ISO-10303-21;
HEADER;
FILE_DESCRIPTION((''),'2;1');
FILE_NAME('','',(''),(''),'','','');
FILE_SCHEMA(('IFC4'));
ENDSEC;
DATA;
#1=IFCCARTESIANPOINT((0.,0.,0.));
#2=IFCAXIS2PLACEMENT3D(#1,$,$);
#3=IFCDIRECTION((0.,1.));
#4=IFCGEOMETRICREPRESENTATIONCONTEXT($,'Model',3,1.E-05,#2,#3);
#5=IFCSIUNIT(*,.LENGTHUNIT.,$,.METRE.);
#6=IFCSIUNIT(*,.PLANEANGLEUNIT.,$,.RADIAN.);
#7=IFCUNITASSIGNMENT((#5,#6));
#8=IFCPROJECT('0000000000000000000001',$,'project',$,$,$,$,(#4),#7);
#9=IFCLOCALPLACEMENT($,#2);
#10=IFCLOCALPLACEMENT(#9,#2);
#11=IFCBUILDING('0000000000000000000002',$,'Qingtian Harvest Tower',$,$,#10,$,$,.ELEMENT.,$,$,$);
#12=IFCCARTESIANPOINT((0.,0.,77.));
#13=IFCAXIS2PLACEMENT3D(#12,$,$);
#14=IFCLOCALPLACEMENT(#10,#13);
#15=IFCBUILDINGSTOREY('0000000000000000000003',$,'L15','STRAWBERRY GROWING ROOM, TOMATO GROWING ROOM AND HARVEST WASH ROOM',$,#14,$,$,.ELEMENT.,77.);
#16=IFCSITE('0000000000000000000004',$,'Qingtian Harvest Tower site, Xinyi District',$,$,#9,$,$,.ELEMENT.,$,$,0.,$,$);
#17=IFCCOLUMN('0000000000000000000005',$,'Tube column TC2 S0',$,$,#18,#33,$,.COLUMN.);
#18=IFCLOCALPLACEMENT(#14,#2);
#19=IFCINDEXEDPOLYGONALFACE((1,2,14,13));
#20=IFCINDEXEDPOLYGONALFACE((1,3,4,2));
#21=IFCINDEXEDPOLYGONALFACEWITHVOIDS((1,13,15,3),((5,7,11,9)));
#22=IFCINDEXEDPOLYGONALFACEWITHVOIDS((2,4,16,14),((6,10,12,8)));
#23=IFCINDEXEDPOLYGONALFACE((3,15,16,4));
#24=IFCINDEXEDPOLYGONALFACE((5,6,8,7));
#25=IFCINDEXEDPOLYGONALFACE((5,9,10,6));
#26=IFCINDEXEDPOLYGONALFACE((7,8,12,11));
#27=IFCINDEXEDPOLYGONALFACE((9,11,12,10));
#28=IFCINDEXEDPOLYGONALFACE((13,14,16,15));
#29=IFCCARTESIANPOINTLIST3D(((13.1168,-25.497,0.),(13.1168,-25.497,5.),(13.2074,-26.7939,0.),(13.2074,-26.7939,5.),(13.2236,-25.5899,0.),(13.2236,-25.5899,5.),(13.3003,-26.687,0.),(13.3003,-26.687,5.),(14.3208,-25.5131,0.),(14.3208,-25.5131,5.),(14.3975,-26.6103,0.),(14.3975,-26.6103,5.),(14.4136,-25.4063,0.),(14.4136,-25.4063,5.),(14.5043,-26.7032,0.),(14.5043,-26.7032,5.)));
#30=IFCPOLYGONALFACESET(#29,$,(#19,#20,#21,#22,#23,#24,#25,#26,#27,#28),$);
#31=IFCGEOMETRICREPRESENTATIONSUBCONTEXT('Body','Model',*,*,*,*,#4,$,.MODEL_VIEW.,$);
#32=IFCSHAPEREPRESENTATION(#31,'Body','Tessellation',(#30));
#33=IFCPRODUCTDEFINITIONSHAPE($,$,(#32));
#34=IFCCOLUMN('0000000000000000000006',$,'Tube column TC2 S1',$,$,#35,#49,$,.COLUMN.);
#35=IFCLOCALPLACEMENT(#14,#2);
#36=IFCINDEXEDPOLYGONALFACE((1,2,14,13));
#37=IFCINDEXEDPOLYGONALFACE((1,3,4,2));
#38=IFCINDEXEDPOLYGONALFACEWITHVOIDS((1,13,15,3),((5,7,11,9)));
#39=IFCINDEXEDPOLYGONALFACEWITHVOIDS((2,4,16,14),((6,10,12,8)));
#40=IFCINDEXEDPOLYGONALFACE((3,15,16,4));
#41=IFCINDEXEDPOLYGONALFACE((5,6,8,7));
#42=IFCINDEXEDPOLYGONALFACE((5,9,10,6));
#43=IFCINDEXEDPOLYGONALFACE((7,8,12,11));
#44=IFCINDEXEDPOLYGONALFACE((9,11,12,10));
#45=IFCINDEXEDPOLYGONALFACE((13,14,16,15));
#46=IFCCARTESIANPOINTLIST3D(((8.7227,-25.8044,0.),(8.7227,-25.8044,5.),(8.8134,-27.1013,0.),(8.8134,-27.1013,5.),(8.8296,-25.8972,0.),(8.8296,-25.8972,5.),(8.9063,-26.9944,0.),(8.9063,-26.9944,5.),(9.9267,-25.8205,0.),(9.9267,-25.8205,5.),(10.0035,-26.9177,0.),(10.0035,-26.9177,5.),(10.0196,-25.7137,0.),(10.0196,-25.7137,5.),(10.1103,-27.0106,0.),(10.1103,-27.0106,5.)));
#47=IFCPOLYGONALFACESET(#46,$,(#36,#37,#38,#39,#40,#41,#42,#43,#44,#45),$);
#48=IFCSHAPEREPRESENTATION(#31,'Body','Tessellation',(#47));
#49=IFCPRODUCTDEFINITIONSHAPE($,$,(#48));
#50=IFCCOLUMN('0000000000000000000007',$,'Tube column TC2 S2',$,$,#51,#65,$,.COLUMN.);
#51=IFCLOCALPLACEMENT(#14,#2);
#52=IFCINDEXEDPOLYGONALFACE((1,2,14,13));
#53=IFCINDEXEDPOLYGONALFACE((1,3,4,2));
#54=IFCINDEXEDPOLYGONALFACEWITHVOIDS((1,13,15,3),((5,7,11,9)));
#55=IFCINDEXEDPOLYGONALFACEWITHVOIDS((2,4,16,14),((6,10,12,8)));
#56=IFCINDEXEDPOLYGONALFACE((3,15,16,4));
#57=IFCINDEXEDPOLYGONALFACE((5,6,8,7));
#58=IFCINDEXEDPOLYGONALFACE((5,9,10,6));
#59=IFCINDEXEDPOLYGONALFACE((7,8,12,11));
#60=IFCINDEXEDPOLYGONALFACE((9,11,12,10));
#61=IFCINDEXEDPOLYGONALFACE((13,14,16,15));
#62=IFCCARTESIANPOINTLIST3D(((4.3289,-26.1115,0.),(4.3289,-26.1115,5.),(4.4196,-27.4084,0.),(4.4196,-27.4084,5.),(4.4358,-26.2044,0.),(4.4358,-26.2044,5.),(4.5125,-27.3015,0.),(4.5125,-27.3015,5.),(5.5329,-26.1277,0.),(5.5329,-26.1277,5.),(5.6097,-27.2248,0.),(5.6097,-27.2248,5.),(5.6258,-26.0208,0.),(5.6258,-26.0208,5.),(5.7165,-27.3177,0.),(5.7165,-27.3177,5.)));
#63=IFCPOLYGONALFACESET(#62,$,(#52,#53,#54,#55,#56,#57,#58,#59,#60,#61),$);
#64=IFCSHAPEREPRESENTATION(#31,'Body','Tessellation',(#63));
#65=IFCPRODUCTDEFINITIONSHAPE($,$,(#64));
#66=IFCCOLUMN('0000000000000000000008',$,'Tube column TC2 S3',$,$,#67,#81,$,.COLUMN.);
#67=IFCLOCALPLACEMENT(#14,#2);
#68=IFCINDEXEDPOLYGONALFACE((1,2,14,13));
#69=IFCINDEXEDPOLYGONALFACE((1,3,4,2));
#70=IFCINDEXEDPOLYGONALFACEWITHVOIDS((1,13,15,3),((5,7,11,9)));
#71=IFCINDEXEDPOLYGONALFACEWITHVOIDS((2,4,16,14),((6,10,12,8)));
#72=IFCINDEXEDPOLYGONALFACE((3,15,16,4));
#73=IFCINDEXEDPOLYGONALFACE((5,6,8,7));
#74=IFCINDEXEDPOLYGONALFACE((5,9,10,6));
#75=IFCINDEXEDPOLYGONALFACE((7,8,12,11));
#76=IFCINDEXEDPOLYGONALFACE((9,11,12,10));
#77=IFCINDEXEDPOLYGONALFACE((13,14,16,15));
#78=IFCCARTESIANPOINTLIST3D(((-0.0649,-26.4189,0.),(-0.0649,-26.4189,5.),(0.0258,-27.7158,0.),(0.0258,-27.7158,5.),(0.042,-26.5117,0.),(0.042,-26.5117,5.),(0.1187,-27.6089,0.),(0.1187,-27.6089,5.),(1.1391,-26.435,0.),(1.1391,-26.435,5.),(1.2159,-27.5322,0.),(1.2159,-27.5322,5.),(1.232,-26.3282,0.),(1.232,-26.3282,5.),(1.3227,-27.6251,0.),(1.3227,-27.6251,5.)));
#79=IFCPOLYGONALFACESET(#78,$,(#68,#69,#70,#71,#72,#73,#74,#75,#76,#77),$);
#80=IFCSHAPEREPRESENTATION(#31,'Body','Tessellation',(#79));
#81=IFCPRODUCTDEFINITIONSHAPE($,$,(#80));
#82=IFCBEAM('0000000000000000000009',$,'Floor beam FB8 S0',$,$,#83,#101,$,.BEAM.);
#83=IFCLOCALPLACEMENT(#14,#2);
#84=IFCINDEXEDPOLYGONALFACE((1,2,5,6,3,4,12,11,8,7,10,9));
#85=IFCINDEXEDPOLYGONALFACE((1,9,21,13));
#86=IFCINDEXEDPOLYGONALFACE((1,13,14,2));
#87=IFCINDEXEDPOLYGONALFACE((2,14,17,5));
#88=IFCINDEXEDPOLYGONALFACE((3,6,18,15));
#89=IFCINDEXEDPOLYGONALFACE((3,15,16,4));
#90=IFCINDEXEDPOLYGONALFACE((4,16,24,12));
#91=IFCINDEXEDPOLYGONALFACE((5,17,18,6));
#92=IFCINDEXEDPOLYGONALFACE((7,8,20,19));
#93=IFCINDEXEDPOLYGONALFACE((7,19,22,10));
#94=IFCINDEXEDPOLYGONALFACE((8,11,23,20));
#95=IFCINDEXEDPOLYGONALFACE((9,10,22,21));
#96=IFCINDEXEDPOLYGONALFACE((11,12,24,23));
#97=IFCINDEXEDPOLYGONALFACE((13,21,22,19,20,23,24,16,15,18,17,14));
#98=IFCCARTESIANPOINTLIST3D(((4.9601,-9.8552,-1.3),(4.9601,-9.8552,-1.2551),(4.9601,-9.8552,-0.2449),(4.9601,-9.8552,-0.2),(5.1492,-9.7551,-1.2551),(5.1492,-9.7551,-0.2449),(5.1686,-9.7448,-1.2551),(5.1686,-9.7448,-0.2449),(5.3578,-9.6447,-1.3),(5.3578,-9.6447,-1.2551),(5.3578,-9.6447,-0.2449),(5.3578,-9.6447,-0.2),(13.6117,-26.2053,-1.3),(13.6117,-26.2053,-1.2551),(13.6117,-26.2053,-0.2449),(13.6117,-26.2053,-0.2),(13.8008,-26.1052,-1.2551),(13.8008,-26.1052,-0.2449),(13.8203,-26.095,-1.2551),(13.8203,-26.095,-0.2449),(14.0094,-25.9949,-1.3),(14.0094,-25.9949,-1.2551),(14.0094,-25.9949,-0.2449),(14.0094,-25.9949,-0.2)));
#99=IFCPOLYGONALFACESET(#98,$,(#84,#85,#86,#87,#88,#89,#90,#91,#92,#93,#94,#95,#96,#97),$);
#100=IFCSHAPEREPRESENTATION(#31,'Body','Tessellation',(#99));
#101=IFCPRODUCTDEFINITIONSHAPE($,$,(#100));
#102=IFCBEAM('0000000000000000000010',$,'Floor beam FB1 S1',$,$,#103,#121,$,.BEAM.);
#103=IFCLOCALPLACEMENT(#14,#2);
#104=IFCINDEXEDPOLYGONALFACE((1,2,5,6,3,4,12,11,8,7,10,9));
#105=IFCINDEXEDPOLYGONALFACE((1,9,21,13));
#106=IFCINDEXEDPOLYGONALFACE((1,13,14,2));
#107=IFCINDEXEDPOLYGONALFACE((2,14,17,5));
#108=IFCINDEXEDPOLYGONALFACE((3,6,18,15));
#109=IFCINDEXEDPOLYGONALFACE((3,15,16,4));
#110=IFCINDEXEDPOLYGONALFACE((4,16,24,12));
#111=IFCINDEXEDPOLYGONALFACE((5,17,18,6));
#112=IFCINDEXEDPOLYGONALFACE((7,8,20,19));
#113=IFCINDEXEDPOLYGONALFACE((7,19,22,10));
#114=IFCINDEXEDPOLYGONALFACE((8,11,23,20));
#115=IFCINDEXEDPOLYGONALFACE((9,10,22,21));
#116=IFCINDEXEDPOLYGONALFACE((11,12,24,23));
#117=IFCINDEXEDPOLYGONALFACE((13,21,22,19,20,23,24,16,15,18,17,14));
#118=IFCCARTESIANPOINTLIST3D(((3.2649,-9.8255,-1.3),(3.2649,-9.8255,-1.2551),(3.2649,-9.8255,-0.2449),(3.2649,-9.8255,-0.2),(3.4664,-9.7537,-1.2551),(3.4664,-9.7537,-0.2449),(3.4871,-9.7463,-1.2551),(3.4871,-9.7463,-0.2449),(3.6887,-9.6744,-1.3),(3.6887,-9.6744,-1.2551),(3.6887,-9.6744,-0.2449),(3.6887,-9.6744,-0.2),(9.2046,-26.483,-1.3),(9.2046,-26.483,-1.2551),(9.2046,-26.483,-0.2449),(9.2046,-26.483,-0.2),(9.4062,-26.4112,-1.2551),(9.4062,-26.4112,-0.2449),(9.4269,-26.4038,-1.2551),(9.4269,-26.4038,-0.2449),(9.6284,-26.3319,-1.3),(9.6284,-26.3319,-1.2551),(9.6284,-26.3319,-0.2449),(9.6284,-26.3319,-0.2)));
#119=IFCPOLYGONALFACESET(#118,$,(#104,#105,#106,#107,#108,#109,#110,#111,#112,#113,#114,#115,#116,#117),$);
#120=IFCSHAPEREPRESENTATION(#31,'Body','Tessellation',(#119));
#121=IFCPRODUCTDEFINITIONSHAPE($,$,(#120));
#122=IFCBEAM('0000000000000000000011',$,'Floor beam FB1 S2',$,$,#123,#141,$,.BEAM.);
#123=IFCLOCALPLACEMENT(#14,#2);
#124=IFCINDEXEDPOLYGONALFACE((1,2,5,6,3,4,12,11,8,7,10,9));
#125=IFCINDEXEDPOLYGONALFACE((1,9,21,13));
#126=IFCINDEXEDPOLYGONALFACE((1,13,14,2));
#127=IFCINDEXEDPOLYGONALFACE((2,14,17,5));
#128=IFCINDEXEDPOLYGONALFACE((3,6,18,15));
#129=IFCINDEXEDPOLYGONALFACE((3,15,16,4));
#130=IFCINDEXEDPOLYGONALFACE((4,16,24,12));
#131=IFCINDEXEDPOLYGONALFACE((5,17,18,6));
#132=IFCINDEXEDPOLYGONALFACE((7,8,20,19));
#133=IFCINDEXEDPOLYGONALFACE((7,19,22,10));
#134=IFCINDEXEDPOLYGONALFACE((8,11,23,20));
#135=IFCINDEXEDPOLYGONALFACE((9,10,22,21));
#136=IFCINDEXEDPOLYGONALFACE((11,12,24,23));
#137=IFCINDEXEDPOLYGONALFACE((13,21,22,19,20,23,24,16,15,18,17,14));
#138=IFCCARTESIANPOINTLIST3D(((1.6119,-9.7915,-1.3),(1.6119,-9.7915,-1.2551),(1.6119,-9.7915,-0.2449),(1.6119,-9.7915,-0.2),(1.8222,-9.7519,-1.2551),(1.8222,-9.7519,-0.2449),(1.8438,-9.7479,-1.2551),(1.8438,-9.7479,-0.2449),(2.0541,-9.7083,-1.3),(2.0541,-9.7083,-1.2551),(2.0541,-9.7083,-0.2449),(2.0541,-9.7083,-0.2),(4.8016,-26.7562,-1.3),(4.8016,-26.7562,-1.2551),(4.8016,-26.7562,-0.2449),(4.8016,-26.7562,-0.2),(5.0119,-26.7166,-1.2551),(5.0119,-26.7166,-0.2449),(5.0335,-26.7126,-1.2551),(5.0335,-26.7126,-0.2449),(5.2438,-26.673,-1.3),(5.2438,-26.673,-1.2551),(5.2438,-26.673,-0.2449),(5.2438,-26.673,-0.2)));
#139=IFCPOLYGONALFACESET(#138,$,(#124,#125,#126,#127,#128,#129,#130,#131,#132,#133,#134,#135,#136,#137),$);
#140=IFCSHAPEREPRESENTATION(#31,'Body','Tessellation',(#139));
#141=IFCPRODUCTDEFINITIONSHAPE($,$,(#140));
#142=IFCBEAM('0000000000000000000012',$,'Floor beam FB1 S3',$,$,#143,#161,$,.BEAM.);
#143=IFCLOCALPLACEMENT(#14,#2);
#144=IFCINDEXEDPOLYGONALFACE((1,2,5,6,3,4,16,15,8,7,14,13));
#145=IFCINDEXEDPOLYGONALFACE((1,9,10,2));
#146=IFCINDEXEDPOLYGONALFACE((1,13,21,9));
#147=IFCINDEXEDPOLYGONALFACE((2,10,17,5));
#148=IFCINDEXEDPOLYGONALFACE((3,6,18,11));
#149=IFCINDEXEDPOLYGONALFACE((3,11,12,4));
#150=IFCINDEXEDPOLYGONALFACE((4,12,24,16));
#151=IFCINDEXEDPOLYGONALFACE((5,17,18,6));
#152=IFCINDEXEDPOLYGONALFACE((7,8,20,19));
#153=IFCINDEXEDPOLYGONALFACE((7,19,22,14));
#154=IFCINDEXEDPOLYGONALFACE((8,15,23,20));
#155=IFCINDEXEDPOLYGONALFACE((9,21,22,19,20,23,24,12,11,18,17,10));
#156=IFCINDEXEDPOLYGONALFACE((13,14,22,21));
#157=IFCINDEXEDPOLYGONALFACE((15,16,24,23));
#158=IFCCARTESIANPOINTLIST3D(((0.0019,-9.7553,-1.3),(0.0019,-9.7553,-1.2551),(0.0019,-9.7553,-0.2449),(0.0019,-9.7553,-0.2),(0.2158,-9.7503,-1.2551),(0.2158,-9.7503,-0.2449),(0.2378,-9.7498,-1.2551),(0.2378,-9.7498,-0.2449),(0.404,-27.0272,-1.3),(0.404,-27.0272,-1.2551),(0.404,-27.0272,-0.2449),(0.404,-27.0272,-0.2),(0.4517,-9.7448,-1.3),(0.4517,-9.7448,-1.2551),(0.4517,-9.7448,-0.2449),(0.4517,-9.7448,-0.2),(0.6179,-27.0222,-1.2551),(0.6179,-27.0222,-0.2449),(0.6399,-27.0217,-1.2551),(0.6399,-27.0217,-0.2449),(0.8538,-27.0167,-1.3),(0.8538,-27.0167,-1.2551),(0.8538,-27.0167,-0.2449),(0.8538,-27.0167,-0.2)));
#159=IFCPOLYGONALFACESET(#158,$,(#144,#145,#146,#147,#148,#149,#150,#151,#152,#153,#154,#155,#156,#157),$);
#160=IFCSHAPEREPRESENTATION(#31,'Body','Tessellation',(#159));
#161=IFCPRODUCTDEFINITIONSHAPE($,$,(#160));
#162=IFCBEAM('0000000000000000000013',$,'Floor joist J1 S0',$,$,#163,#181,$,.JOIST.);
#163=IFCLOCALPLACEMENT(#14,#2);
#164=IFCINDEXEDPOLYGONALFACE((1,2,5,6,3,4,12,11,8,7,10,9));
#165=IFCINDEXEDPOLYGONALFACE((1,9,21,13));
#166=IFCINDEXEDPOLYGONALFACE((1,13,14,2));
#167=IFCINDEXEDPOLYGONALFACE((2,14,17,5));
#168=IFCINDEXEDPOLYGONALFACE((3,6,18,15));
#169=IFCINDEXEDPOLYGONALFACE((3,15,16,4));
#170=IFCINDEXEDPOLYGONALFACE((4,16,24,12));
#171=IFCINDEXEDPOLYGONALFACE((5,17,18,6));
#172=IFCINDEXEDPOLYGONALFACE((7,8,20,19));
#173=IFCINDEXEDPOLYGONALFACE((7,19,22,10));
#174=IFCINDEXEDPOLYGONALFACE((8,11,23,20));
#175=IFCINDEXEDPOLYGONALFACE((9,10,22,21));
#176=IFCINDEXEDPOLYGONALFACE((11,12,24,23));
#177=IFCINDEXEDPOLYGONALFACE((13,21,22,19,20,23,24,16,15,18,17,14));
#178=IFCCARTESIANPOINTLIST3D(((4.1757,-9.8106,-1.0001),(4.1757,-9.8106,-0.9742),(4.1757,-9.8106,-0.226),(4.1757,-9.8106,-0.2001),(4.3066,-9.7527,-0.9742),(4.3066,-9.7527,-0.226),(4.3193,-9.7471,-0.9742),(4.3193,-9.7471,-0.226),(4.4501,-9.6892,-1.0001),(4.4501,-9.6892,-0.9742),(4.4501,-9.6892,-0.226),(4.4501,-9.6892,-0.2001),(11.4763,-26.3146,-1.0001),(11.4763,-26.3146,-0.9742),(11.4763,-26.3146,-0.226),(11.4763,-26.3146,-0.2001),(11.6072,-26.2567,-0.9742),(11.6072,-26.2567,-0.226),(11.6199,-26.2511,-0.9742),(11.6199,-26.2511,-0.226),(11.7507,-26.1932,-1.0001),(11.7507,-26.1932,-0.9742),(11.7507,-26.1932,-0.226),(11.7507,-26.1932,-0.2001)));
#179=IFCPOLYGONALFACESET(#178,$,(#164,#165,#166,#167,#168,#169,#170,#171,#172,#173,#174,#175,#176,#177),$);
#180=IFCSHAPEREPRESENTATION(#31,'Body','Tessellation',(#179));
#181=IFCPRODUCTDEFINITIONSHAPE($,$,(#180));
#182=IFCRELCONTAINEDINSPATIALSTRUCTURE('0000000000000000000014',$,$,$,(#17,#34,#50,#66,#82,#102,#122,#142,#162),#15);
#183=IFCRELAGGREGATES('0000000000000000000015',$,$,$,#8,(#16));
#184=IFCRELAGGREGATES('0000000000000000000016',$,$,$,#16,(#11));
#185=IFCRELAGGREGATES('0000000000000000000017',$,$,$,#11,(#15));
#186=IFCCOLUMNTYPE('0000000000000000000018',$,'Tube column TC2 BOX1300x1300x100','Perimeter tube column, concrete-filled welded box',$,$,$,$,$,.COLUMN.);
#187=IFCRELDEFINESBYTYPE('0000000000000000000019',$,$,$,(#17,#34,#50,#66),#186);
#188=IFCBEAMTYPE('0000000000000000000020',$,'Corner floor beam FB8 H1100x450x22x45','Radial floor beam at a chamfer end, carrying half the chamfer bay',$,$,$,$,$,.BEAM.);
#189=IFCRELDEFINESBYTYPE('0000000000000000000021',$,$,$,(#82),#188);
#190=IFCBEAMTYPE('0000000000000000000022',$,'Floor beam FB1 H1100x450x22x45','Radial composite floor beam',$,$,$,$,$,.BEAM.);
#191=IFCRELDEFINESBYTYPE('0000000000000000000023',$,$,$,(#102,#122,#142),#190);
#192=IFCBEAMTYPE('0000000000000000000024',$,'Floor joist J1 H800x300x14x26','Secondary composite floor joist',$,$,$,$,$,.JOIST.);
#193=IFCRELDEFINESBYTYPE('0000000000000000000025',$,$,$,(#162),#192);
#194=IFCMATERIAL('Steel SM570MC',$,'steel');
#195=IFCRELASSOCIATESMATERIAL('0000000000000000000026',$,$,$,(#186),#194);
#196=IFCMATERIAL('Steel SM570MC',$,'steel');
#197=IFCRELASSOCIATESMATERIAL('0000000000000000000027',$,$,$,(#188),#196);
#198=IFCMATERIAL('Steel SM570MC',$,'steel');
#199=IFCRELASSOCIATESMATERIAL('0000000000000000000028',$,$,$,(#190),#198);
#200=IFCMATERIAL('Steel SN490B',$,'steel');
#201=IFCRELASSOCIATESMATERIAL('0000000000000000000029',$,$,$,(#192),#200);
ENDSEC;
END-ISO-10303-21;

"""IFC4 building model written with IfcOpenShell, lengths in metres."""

from ifc_helpers import new_model, si_unit, direction, frame, origin, origin_2d, place, context, subcontext, project, spatial, hollow_rectangle, i_section, extrude, material, material_profile, profile_set, type_object, element, save


model = new_model("IFC4")

# Units and contexts
model_context = context("Model", 3, precision=1e-05, world=origin(), true_north=direction((0.0, 1.0)))
body_context = subcontext(model_context, "Body", "Model", "MODEL_VIEW")
ifc_project = project(units=[si_unit("LENGTHUNIT", "METRE"), si_unit("PLANEANGLEUNIT", "RADIAN")], contexts=[model_context])

# Site, building, storey
site_placement = place(None, origin())
site = spatial("IfcSite", under=ifc_project, at=site_placement, Name="Qingtian Harvest Tower site, Xinyi District", CompositionType="ELEMENT", RefElevation=0.0)
building_placement = place(site_placement, origin())
building = spatial("IfcBuilding", under=site, at=building_placement, Name="Qingtian Harvest Tower", CompositionType="ELEMENT")
storey_placement = place(building_placement, frame((0.0, 0.0, 77.0)))
storey = spatial("IfcBuildingStorey", under=building, at=storey_placement, Name="L15", Description="STRAWBERRY GROWING ROOM, TOMATO GROWING ROOM AND HARVEST WASH ROOM", CompositionType="ELEMENT", Elevation=77.0)

# Columns
ifc_material_1 = material(Name="Steel SM570MC", Category="steel")
ifc_material_profile_1 = material_profile(ifc_material_1, hollow_rectangle(XDim=1.3, YDim=1.3, WallThickness=0.1001, at=origin_2d()), Name="BOX1300x1300x100")
ifc_profile_set_1 = profile_set([ifc_material_profile_1], Name="Steel SM570MC")
column_type = type_object("IfcColumnType", Name="Tube column TC2 BOX1300x1300x100", Description="Perimeter tube column, concrete-filled welded box", PredefinedType="COLUMN", material=ifc_profile_set_1)
for number, where, z_axis, x_axis, name in (
    (1, (13.8105, -26.1001, 0.0), (0.0, 0.0, 1.0), (0.997564, 0.069756, 0.0), "Tube column TC2 S0"),
    (2, (9.4165, -26.4075, 0.0), (0.0, 0.0, 1.0), (0.997564, 0.069756, 0.0), "Tube column TC2 S1"),
    (3, (5.0227, -26.7146, 0.0), (0.0, 0.0, 1.0), (0.997564, 0.069756, 0.0), "Tube column TC2 S2"),
    (4, (0.6289, -27.022, 0.0), (0.0, 0.0, 1.0), (0.997564, 0.069756, 0.0), "Tube column TC2 S3"),
):
    element("IfcColumn", number, at=place(storey_placement, frame(where, z_axis=z_axis, x_axis=x_axis)), inside=storey, type_object=column_type, Name=name, PredefinedType="COLUMN", context=body_context, shape_type="SweptSolid", body=[
        extrude(hollow_rectangle(XDim=1.3, YDim=1.3, WallThickness=0.1001, at=origin_2d()), origin(), (0.0, 0.0, 1.0), 5.0),
    ])

# Beams
ifc_material_2 = material(Name="Steel SM570MC", Category="steel")
ifc_material_profile_2 = material_profile(ifc_material_2, i_section(OverallWidth=0.45, OverallDepth=1.1001, WebThickness=0.022, FlangeThickness=0.0449, at=origin_2d()), Name="H1100x450x22x45")
ifc_profile_set_2 = profile_set([ifc_material_profile_2], Name="Steel SM570MC")
beam_type_1 = type_object("IfcBeamType", Name="Corner floor beam FB8 H1100x450x22x45", Description="Radial floor beam at a chamfer end, carrying half the chamfer bay", PredefinedType="BEAM", material=ifc_profile_set_2)
beam_1_placement = place(storey_placement, frame((13.8105, -26.1001, -0.75), z_axis=(-0.467705, 0.883885, 0.0), x_axis=(-0.883885, -0.467705, 0.0)))
element("IfcBeam", 5, at=beam_1_placement, inside=storey, type_object=beam_type_1, Name="Floor beam FB8 S0", PredefinedType="BEAM", context=body_context, shape_type="SweptSolid", body=[
    extrude(i_section(OverallWidth=0.45, OverallDepth=1.1001, WebThickness=0.022, FlangeThickness=0.0449, at=origin_2d()), origin(), (0.0, 0.0, 1.0), 18.498),
])
ifc_material_3 = material(Name="Steel SM570MC", Category="steel")
ifc_material_profile_3 = material_profile(ifc_material_3, i_section(OverallWidth=0.45, OverallDepth=1.1001, WebThickness=0.022, FlangeThickness=0.0449, at=origin_2d()), Name="H1100x450x22x45")
ifc_profile_set_3 = profile_set([ifc_material_profile_3], Name="Steel SM570MC")
beam_type_2 = type_object("IfcBeamType", Name="Floor beam FB1 H1100x450x22x45", Description="Radial composite floor beam", PredefinedType="BEAM", material=ifc_profile_set_3)
beam_2_placement = place(storey_placement, frame((9.4165, -26.4075, -0.75), z_axis=(-0.335865, 0.94191, 0.0), x_axis=(-0.94191, -0.335865, 0.0)))
element("IfcBeam", 6, at=beam_2_placement, inside=storey, type_object=beam_type_2, Name="Floor beam FB1 S1", PredefinedType="BEAM", context=body_context, shape_type="SweptSolid", body=[
    extrude(i_section(OverallWidth=0.45, OverallDepth=1.1001, WebThickness=0.022, FlangeThickness=0.0449, at=origin_2d()), origin(), (0.0, 0.0, 1.0), 17.6848),
])
beam_3_placement = place(storey_placement, frame((5.0227, -26.7146, -0.75), z_axis=(-0.184783, 0.982779, 0.0), x_axis=(-0.982779, -0.184783, 0.0)))
element("IfcBeam", 7, at=beam_3_placement, inside=storey, type_object=beam_type_2, Name="Floor beam FB1 S2", PredefinedType="BEAM", context=body_context, shape_type="SweptSolid", body=[
    extrude(i_section(OverallWidth=0.45, OverallDepth=1.1001, WebThickness=0.022, FlangeThickness=0.0449, at=origin_2d()), origin(), (0.0, 0.0, 1.0), 17.262),
])
beam_4_placement = place(storey_placement, frame((0.6289, -27.022, -0.75), z_axis=(-0.023274, 0.999729, 0.0), x_axis=(-0.999729, -0.023274, 0.0)))
element("IfcBeam", 8, at=beam_4_placement, inside=storey, type_object=beam_type_2, Name="Floor beam FB1 S3", PredefinedType="BEAM", context=body_context, shape_type="SweptSolid", body=[
    extrude(i_section(OverallWidth=0.45, OverallDepth=1.1001, WebThickness=0.022, FlangeThickness=0.0449, at=origin_2d()), origin(), (0.0, 0.0, 1.0), 17.2766),
])
ifc_material_4 = material(Name="Steel SN490B", Category="steel")
ifc_material_profile_4 = material_profile(ifc_material_4, i_section(OverallWidth=0.3, OverallDepth=0.8, WebThickness=0.0139, FlangeThickness=0.0259, at=origin_2d()), Name="H800x300x14x26")
ifc_profile_set_4 = profile_set([ifc_material_profile_4], Name="Steel SN490B")
beam_type_3 = type_object("IfcBeamType", Name="Floor joist J1 H800x300x14x26", Description="Secondary composite floor joist", PredefinedType="JOIST", material=ifc_profile_set_4)
beam_5_placement = place(storey_placement, frame((11.6135, -26.2539, -0.6001), z_axis=(-0.40454, 0.91452, 0.0), x_axis=(-0.91452, -0.40454, 0.0)))
element("IfcBeam", 9, at=beam_5_placement, inside=storey, type_object=beam_type_3, Name="Floor joist J1 S0", PredefinedType="JOIST", context=body_context, shape_type="SweptSolid", body=[
    extrude(i_section(OverallWidth=0.3, OverallDepth=0.8, WebThickness=0.0139, FlangeThickness=0.0259, at=origin_2d()), origin(), (0.0, 0.0, 1.0), 18.0466),
])

save(model, "model.ifc")
